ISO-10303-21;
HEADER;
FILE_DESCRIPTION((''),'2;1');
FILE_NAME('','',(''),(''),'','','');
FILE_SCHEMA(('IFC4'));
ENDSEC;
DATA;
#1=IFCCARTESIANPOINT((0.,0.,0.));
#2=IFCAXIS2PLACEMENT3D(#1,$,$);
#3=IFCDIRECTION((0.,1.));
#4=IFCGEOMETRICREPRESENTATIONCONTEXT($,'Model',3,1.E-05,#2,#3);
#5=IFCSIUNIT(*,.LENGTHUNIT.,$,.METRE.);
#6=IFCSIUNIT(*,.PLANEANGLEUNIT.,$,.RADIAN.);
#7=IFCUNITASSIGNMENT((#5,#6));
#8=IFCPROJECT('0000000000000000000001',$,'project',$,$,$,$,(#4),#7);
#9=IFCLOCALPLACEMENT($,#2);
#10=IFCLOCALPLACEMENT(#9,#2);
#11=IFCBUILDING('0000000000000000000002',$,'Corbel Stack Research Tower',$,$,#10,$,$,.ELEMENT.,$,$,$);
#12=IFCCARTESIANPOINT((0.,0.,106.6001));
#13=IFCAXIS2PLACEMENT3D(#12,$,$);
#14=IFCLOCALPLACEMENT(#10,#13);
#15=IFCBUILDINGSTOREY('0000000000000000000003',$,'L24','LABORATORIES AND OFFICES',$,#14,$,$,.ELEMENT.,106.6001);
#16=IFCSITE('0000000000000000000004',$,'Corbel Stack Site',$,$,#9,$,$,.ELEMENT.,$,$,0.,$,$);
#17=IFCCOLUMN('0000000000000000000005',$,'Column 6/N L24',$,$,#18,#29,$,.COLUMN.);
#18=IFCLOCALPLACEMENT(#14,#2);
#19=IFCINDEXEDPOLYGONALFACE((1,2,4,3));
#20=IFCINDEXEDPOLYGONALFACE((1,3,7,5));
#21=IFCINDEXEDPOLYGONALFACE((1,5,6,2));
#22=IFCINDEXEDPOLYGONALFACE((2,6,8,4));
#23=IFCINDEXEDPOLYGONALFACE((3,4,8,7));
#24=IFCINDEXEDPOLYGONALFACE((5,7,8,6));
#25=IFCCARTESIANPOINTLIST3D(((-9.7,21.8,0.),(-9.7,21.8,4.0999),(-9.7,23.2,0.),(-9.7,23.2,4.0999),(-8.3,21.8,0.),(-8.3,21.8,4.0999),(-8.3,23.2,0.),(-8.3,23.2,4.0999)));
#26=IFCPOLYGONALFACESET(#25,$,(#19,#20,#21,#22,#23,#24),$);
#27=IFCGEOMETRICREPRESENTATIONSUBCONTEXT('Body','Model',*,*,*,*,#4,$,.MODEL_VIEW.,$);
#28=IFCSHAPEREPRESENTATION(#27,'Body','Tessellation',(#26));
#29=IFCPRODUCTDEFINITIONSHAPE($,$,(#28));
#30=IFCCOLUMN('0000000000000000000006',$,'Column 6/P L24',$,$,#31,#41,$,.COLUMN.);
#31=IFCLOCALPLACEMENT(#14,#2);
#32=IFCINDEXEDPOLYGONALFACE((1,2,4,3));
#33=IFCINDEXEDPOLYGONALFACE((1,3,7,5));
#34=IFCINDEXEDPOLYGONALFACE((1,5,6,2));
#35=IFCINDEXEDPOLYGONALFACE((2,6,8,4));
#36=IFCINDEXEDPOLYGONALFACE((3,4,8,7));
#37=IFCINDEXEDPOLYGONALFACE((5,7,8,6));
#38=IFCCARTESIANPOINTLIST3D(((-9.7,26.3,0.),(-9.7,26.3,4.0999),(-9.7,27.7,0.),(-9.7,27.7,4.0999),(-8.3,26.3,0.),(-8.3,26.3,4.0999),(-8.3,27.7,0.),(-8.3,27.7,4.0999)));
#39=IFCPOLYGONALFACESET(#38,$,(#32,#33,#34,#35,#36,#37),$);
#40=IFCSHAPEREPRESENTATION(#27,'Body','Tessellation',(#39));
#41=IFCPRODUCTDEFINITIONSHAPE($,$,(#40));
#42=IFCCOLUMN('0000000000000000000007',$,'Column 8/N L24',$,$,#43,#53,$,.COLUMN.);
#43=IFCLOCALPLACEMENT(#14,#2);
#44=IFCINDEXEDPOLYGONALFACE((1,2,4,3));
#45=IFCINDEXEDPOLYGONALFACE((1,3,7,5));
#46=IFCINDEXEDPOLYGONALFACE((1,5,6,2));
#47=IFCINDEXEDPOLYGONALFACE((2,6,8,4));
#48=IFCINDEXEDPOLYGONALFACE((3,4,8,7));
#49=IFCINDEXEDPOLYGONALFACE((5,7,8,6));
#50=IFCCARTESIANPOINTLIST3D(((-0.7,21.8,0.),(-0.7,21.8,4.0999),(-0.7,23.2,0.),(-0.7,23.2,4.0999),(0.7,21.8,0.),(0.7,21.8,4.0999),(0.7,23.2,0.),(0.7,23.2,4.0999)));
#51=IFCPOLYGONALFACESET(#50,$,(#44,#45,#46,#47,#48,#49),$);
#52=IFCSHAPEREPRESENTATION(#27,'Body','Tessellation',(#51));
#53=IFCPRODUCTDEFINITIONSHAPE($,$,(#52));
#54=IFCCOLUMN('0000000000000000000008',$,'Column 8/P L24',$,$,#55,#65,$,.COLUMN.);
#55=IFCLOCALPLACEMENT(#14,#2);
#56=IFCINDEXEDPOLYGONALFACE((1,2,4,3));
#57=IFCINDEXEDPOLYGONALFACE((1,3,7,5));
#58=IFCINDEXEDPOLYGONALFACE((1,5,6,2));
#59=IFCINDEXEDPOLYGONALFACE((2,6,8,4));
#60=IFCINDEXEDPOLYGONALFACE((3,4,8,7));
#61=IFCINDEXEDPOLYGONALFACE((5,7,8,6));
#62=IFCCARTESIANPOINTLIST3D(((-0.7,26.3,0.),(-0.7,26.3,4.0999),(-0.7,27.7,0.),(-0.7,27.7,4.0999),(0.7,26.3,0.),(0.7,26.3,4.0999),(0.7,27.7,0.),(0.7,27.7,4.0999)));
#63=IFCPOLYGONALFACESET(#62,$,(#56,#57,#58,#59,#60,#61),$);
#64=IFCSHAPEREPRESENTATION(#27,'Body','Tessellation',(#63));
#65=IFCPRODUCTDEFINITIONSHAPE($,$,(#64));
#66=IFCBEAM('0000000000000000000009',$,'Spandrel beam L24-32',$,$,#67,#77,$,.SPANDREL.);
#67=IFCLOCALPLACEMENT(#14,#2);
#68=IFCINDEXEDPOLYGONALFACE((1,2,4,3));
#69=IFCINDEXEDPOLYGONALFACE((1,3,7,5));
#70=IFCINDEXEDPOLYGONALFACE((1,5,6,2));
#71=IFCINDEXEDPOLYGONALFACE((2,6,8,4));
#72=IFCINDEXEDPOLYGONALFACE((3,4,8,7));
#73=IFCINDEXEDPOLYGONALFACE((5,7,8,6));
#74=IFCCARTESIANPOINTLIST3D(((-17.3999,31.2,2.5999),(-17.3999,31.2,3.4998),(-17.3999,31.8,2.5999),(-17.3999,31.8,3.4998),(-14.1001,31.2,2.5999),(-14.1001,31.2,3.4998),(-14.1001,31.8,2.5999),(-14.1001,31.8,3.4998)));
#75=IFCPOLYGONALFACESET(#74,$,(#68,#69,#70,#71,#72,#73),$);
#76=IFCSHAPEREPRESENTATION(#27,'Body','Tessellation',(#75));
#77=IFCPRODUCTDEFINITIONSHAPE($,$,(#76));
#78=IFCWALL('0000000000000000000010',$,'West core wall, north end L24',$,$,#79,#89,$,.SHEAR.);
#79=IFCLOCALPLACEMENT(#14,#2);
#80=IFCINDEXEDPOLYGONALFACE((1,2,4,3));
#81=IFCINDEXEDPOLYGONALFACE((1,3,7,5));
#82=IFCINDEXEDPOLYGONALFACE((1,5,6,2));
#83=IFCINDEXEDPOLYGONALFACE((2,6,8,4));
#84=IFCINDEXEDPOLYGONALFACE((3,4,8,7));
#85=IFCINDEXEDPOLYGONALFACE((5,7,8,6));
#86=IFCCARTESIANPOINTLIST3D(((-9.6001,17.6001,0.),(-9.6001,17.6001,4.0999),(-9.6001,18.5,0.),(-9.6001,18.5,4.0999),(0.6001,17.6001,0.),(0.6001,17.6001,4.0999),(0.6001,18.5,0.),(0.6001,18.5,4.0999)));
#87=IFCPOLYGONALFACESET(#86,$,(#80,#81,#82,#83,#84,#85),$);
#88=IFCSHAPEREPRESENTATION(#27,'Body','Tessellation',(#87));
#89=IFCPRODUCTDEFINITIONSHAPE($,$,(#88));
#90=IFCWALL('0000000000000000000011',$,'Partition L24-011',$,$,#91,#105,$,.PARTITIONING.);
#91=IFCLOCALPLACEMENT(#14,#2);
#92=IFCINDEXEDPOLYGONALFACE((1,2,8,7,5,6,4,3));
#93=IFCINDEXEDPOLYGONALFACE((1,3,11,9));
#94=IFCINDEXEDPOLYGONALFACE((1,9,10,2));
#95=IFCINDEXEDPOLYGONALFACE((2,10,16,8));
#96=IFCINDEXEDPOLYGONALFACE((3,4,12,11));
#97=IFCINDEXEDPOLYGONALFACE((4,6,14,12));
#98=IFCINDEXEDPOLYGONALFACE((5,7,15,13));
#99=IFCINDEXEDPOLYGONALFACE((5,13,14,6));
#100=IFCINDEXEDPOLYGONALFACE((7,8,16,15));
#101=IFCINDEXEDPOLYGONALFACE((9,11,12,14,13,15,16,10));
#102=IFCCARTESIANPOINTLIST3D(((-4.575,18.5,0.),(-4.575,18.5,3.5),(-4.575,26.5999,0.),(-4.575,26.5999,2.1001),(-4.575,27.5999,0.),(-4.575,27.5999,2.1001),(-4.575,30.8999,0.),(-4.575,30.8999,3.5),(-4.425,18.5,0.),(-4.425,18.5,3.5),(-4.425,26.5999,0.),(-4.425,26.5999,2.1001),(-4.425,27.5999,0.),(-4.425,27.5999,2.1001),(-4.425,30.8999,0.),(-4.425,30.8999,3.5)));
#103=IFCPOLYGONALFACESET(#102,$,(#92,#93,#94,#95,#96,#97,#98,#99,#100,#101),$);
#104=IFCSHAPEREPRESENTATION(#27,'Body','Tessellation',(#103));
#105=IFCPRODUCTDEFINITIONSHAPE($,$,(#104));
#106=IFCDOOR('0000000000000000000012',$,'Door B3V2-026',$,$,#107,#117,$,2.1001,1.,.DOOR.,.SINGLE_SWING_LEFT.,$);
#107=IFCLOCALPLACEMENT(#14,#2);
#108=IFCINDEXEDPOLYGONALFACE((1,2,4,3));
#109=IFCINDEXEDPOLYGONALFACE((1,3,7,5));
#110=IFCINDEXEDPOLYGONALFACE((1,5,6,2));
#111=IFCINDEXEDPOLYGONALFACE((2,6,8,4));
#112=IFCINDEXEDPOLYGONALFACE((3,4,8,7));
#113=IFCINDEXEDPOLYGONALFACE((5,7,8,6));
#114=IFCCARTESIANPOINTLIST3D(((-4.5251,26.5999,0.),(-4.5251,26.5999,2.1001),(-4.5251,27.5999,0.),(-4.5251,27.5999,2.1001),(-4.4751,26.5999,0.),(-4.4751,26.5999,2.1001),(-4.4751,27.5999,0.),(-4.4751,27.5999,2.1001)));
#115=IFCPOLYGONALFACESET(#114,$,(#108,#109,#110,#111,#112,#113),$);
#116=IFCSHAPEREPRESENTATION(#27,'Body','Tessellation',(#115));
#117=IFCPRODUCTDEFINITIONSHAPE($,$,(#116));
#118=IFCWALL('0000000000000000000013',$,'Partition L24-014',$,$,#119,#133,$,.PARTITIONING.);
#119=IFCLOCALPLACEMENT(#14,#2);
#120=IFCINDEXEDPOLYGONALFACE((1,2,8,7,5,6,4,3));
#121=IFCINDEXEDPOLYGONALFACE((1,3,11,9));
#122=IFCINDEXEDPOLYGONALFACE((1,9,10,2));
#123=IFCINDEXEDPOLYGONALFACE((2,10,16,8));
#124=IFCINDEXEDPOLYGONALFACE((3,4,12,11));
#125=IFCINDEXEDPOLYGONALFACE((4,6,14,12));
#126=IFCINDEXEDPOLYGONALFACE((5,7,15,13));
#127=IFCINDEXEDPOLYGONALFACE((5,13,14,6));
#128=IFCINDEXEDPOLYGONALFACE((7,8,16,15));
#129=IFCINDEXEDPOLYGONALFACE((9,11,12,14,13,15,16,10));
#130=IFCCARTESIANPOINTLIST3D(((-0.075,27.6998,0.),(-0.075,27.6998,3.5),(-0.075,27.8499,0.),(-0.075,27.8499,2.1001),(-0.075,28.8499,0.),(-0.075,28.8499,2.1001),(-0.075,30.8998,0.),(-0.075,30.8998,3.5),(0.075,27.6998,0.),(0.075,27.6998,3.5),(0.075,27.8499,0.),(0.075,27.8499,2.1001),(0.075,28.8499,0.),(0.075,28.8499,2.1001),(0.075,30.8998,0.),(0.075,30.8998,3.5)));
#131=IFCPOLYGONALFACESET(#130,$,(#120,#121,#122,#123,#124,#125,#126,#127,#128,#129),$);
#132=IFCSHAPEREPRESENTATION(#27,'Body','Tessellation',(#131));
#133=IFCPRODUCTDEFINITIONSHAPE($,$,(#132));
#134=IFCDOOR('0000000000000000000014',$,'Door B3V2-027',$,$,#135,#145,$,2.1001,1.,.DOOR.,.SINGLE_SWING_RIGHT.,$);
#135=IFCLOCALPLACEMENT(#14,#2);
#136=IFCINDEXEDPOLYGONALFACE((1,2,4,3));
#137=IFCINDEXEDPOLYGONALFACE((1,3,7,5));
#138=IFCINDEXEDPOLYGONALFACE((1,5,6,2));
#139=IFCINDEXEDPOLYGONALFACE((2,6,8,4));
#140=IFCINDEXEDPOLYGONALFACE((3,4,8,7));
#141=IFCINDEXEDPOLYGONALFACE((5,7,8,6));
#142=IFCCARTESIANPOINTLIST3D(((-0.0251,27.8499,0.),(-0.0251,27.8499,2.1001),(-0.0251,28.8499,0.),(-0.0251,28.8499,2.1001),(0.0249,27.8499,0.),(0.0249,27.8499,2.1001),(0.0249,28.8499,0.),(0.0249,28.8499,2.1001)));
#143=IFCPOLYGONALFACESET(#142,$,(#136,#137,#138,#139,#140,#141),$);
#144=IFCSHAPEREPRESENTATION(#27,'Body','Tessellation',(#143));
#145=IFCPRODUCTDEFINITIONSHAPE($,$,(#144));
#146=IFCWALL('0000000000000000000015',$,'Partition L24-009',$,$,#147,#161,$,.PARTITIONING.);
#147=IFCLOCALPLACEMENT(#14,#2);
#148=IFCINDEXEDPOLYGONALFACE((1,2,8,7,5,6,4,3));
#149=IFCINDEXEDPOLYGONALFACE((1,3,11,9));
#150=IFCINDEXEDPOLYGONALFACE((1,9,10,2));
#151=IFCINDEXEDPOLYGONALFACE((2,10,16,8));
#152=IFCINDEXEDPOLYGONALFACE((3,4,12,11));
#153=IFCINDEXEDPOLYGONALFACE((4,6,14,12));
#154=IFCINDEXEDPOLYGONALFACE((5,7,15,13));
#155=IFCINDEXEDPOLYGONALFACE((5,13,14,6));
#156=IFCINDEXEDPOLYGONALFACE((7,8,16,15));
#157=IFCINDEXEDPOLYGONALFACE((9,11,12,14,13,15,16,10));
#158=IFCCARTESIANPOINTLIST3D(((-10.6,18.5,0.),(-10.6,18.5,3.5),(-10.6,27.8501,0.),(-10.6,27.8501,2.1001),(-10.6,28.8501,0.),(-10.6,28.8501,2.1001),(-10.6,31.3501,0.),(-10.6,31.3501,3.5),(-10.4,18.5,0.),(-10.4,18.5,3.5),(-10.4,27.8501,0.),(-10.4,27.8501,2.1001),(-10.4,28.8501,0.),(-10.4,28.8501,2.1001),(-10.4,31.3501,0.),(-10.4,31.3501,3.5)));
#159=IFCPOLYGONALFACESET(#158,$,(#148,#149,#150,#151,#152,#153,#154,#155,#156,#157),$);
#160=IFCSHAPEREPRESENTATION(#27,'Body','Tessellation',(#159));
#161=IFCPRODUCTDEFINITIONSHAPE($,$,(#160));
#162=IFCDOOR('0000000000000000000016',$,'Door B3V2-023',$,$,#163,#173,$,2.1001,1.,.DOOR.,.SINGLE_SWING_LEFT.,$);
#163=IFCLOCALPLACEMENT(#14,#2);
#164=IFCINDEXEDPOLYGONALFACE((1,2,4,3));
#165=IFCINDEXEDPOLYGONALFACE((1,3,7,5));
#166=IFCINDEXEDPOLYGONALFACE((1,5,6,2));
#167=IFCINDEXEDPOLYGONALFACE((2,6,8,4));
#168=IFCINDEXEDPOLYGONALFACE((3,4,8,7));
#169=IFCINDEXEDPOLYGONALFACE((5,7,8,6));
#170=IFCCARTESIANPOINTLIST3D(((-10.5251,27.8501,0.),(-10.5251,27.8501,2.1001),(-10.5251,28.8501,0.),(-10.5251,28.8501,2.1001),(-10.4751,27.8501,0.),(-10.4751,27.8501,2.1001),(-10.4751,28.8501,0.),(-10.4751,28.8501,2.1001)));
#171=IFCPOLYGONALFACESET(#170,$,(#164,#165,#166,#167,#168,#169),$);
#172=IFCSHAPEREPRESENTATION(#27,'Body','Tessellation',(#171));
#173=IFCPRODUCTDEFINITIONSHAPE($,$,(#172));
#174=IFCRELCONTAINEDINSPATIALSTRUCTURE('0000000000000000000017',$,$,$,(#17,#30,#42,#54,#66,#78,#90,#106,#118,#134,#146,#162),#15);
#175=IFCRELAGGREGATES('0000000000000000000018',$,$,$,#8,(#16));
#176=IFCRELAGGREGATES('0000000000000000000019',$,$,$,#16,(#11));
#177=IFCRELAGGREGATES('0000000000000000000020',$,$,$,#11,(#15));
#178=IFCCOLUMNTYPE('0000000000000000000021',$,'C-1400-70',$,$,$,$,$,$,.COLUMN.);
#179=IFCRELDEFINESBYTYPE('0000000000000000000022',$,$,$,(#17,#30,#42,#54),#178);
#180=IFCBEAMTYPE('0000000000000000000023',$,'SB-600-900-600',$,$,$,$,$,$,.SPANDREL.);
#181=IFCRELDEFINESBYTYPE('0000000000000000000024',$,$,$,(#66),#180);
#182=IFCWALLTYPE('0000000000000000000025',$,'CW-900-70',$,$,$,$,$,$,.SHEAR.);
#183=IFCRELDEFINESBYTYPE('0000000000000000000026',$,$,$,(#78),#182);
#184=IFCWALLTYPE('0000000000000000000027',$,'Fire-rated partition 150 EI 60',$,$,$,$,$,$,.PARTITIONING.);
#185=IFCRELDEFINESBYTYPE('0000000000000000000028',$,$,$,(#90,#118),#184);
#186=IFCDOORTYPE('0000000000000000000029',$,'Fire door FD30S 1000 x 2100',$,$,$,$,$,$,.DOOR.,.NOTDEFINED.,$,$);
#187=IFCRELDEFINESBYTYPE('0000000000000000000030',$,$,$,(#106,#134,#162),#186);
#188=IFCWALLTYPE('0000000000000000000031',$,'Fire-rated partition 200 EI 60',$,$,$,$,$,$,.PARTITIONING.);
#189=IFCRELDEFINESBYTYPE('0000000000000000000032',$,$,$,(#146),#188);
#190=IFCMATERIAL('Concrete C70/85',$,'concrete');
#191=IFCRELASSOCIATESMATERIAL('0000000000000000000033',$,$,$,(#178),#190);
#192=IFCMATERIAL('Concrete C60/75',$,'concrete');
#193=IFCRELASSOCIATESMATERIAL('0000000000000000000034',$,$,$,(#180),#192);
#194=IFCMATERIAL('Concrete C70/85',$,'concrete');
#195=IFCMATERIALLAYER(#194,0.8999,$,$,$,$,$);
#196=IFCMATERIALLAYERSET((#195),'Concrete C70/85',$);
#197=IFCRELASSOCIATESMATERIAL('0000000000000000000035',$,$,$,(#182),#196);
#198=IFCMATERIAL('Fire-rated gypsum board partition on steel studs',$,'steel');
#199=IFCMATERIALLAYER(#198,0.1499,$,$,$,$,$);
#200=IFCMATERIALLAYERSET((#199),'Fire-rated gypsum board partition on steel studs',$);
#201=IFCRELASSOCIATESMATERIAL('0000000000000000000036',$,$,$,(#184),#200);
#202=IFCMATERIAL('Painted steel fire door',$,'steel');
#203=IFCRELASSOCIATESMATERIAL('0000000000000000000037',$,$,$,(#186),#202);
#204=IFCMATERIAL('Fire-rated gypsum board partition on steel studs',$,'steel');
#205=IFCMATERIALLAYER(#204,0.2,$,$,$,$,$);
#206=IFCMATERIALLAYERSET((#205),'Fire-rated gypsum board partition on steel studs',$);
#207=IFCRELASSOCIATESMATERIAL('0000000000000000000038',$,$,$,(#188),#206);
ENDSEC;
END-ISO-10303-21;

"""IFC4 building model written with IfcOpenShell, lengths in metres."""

from ifc_helpers import new_model, si_unit, direction, frame, frame_2d, origin, origin_2d, place, context, subcontext, project, spatial, rectangle, extrude, material, layer, layer_set, material_profile, profile_set, type_object, element, fill, save


model = new_model("IFC4")

# Units and contexts
model_context = context("Model", 3, precision=1e-05, world=origin(), true_north=direction((0.0, 1.0)))
body_context = subcontext(model_context, "Body", "Model", "MODEL_VIEW")
ifc_project = project(units=[si_unit("LENGTHUNIT", "METRE"), si_unit("PLANEANGLEUNIT", "RADIAN")], contexts=[model_context])

# Site, building, storey
site_placement = place(None, origin())
site = spatial("IfcSite", under=ifc_project, at=site_placement, Name="Corbel Stack Site", CompositionType="ELEMENT", RefElevation=0.0)
building_placement = place(site_placement, origin())
building = spatial("IfcBuilding", under=site, at=building_placement, Name="Corbel Stack Research Tower", CompositionType="ELEMENT")
storey_placement = place(building_placement, frame((0.0, 0.0, 106.6001)))
storey = spatial("IfcBuildingStorey", under=building, at=storey_placement, Name="L24", Description="LABORATORIES AND OFFICES", CompositionType="ELEMENT", Elevation=106.6001)

# Columns
ifc_material_1 = material(Name="Concrete C70/85", Category="concrete")
ifc_material_profile_1 = material_profile(ifc_material_1, rectangle(XDim=1.3999, YDim=1.3999, at=origin_2d()), Name="RC 1400 x 1400")
ifc_profile_set_1 = profile_set([ifc_material_profile_1], Name="Concrete C70/85")
column_type = type_object("IfcColumnType", Name="C-1400-70", PredefinedType="COLUMN", material=ifc_profile_set_1)
for number, where, z_axis, x_axis, name in (
    (1, (-9.0, 22.5, 0.0), (0.0, 0.0, 1.0), (1.0, 0.0, 0.0), "Column 6/N L24"),
    (2, (-9.0, 27.0, 0.0), (0.0, 0.0, 1.0), (1.0, 0.0, 0.0), "Column 6/P L24"),
    (3, (0.0, 22.5, 0.0), (0.0, 0.0, 1.0), (1.0, 0.0, 0.0), "Column 8/N L24"),
    (4, (0.0, 27.0, 0.0), (0.0, 0.0, 1.0), (1.0, 0.0, 0.0), "Column 8/P L24"),
):
    element("IfcColumn", number, at=place(storey_placement, frame(where, z_axis=z_axis, x_axis=x_axis)), inside=storey, type_object=column_type, Name=name, PredefinedType="COLUMN", context=body_context, shape_type="SweptSolid", body=[
        extrude(rectangle(XDim=1.3999, YDim=1.3999, at=origin_2d()), origin(), (0.0, 0.0, 1.0), 4.0999),
    ])

# Beam
ifc_material_2 = material(Name="Concrete C60/75", Category="concrete")
ifc_material_profile_2 = material_profile(ifc_material_2, rectangle(XDim=0.6001, YDim=0.8999, at=origin_2d()), Name="RC 600 x 900")
ifc_profile_set_2 = profile_set([ifc_material_profile_2], Name="Concrete C60/75")
beam_type = type_object("IfcBeamType", Name="SB-600-900-600", PredefinedType="SPANDREL", material=ifc_profile_set_2)
beam_placement = place(storey_placement, frame((-14.1001, 31.5, 3.0498), z_axis=(-1.0, 0.0, 0.0), x_axis=(0.0, -1.0, 0.0)))
element("IfcBeam", 5, at=beam_placement, inside=storey, type_object=beam_type, Name="Spandrel beam L24-32", PredefinedType="SPANDREL", context=body_context, shape_type="SweptSolid", body=[
    extrude(rectangle(XDim=0.6001, YDim=0.8999, at=origin_2d()), origin(), (0.0, 0.0, 1.0), 3.2998),
])

# Wall
ifc_material_3 = material(Name="Concrete C70/85", Category="concrete")
ifc_layer_1 = layer(ifc_material_3, 0.8999)
ifc_layer_set_1 = layer_set([ifc_layer_1], Name="Concrete C70/85")
wall_type_1 = type_object("IfcWallType", Name="CW-900-70", PredefinedType="SHEAR", material=ifc_layer_set_1)
wall_1_placement = place(storey_placement, frame((-9.6001, 18.05, 0.0), z_axis=(0.0, 0.0, 1.0), x_axis=(1.0, 0.0, 0.0)))
element("IfcWall", 6, at=wall_1_placement, inside=storey, type_object=wall_type_1, Name="West core wall, north end L24", PredefinedType="SHEAR", context=body_context, shape_type="SweptSolid", body=[
    extrude(rectangle(XDim=10.2002, YDim=0.8999, at=frame_2d((5.1001, 0.0))), origin(), (0.0, 0.0, 1.0), 4.0999),
])

# Walls, openings, doors
ifc_material_4 = material(Name="Fire-rated gypsum board partition on steel studs", Category="steel")
ifc_layer_2 = layer(ifc_material_4, 0.1499)
ifc_layer_set_2 = layer_set([ifc_layer_2], Name="Fire-rated gypsum board partition on steel studs")
wall_type_2 = type_object("IfcWallType", Name="Fire-rated partition 150 EI 60", PredefinedType="PARTITIONING", material=ifc_layer_set_2)
wall_2_placement = place(storey_placement, frame((-4.5, 30.8999, 0.0), z_axis=(0.0, 0.0, 1.0), x_axis=(0.0, -1.0, 0.0)))
wall_2 = element("IfcWall", 7, at=wall_2_placement, inside=storey, type_object=wall_type_2, Name="Partition L24-011", PredefinedType="PARTITIONING", context=body_context, shape_type="SweptSolid", body=[
    extrude(rectangle(XDim=12.3999, YDim=0.1499, at=frame_2d((6.2, 0.0))), origin(), (0.0, 0.0, 1.0), 3.5),
])
opening_1_placement = place(wall_2_placement, frame((3.3, 0.0, 0.0)))
opening_1 = element("IfcOpeningElement", 8, at=opening_1_placement, cuts=wall_2, PredefinedType="OPENING", context=body_context, shape_type="SweptSolid", body=[
    extrude(rectangle(XDim=1.0, YDim=2.1001, at=frame_2d((0.5, 1.05))), frame((0.0, 0.085, 0.0), z_axis=(0.0, -1.0, 0.0), x_axis=(1.0, 0.0, 0.0)), (0.0, 0.0, 1.0), 0.1699),
])
ifc_material_5 = material(Name="Painted steel fire door", Category="steel")
door_type_1 = type_object("IfcDoorType", Name="Fire door FD30S 1000 x 2100", OperationType="NOTDEFINED", PredefinedType="DOOR", material=ifc_material_5)
door_1_placement = place(opening_1_placement, origin())
door_1 = element("IfcDoor", 9, at=door_1_placement, inside=storey, type_object=door_type_1, Name="Door B3V2-026", OperationType="SINGLE_SWING_LEFT", OverallHeight=2.1001, OverallWidth=1.0, PredefinedType="DOOR", context=body_context, shape_type="SweptSolid", body=[
    extrude(rectangle(XDim=1.0, YDim=2.1001, at=frame_2d((0.5, 1.05))), frame((0.0, 0.0249, 0.0), z_axis=(0.0, -1.0, 0.0), x_axis=(1.0, 0.0, 0.0)), (0.0, 0.0, 1.0), 0.05),
])
fill(opening_1, door_1)
wall_3_placement = place(storey_placement, frame((0.0, 30.8999, 0.0), z_axis=(0.0, 0.0, 1.0), x_axis=(0.0, -1.0, 0.0)))
wall_3 = element("IfcWall", 10, at=wall_3_placement, inside=storey, type_object=wall_type_2, Name="Partition L24-014", PredefinedType="PARTITIONING", context=body_context, shape_type="SweptSolid", body=[
    extrude(rectangle(XDim=3.2, YDim=0.1499, at=frame_2d((1.6001, 0.0))), origin(), (0.0, 0.0, 1.0), 3.5),
])
opening_2_placement = place(wall_3_placement, frame((2.05, 0.0, 0.0)))
opening_2 = element("IfcOpeningElement", 11, at=opening_2_placement, cuts=wall_3, PredefinedType="OPENING", context=body_context, shape_type="SweptSolid", body=[
    extrude(rectangle(XDim=1.0, YDim=2.1001, at=frame_2d((0.5, 1.05))), frame((0.0, 0.085, 0.0), z_axis=(0.0, -1.0, 0.0), x_axis=(1.0, 0.0, 0.0)), (0.0, 0.0, 1.0), 0.1699),
])
door_2_placement = place(opening_2_placement, origin())
door_2 = element("IfcDoor", 12, at=door_2_placement, inside=storey, type_object=door_type_1, Name="Door B3V2-027", OperationType="SINGLE_SWING_RIGHT", OverallHeight=2.1001, OverallWidth=1.0, PredefinedType="DOOR", context=body_context, shape_type="SweptSolid", body=[
    extrude(rectangle(XDim=1.0, YDim=2.1001, at=frame_2d((0.5, 1.05))), frame((0.0, 0.0249, 0.0), z_axis=(0.0, -1.0, 0.0), x_axis=(1.0, 0.0, 0.0)), (0.0, 0.0, 1.0), 0.05),
])
fill(opening_2, door_2)
ifc_material_6 = material(Name="Fire-rated gypsum board partition on steel studs", Category="steel")
ifc_layer_3 = layer(ifc_material_6, 0.2)
ifc_layer_set_3 = layer_set([ifc_layer_3], Name="Fire-rated gypsum board partition on steel studs")
wall_type_3 = type_object("IfcWallType", Name="Fire-rated partition 200 EI 60", PredefinedType="PARTITIONING", material=ifc_layer_set_3)
wall_4_placement = place(storey_placement, frame((-10.5, 31.3501, 0.0), z_axis=(0.0, 0.0, 1.0), x_axis=(0.0, -1.0, 0.0)))
wall_4 = element("IfcWall", 13, at=wall_4_placement, inside=storey, type_object=wall_type_3, Name="Partition L24-009", PredefinedType="PARTITIONING", context=body_context, shape_type="SweptSolid", body=[
    extrude(rectangle(XDim=12.8501, YDim=0.2, at=frame_2d((6.425, 0.0))), origin(), (0.0, 0.0, 1.0), 3.5),
])
opening_3_placement = place(wall_4_placement, frame((2.5, 0.0, 0.0)))
opening_3 = element("IfcOpeningElement", 14, at=opening_3_placement, cuts=wall_4, PredefinedType="OPENING", context=body_context, shape_type="SweptSolid", body=[
    extrude(rectangle(XDim=1.0, YDim=2.1001, at=frame_2d((0.5, 1.05))), frame((0.0, 0.1099, 0.0), z_axis=(0.0, -1.0, 0.0), x_axis=(1.0, 0.0, 0.0)), (0.0, 0.0, 1.0), 0.22),
])
door_3_placement = place(opening_3_placement, origin())
door_3 = element("IfcDoor", 15, at=door_3_placement, inside=storey, type_object=door_type_1, Name="Door B3V2-023", OperationType="SINGLE_SWING_LEFT", OverallHeight=2.1001, OverallWidth=1.0, PredefinedType="DOOR", context=body_context, shape_type="SweptSolid", body=[
    extrude(rectangle(XDim=1.0, YDim=2.1001, at=frame_2d((0.5, 1.05))), frame((0.0, 0.0249, 0.0), z_axis=(0.0, -1.0, 0.0), x_axis=(1.0, 0.0, 0.0)), (0.0, 0.0, 1.0), 0.05),
])
fill(opening_3, door_3)

save(model, "model.ifc")
